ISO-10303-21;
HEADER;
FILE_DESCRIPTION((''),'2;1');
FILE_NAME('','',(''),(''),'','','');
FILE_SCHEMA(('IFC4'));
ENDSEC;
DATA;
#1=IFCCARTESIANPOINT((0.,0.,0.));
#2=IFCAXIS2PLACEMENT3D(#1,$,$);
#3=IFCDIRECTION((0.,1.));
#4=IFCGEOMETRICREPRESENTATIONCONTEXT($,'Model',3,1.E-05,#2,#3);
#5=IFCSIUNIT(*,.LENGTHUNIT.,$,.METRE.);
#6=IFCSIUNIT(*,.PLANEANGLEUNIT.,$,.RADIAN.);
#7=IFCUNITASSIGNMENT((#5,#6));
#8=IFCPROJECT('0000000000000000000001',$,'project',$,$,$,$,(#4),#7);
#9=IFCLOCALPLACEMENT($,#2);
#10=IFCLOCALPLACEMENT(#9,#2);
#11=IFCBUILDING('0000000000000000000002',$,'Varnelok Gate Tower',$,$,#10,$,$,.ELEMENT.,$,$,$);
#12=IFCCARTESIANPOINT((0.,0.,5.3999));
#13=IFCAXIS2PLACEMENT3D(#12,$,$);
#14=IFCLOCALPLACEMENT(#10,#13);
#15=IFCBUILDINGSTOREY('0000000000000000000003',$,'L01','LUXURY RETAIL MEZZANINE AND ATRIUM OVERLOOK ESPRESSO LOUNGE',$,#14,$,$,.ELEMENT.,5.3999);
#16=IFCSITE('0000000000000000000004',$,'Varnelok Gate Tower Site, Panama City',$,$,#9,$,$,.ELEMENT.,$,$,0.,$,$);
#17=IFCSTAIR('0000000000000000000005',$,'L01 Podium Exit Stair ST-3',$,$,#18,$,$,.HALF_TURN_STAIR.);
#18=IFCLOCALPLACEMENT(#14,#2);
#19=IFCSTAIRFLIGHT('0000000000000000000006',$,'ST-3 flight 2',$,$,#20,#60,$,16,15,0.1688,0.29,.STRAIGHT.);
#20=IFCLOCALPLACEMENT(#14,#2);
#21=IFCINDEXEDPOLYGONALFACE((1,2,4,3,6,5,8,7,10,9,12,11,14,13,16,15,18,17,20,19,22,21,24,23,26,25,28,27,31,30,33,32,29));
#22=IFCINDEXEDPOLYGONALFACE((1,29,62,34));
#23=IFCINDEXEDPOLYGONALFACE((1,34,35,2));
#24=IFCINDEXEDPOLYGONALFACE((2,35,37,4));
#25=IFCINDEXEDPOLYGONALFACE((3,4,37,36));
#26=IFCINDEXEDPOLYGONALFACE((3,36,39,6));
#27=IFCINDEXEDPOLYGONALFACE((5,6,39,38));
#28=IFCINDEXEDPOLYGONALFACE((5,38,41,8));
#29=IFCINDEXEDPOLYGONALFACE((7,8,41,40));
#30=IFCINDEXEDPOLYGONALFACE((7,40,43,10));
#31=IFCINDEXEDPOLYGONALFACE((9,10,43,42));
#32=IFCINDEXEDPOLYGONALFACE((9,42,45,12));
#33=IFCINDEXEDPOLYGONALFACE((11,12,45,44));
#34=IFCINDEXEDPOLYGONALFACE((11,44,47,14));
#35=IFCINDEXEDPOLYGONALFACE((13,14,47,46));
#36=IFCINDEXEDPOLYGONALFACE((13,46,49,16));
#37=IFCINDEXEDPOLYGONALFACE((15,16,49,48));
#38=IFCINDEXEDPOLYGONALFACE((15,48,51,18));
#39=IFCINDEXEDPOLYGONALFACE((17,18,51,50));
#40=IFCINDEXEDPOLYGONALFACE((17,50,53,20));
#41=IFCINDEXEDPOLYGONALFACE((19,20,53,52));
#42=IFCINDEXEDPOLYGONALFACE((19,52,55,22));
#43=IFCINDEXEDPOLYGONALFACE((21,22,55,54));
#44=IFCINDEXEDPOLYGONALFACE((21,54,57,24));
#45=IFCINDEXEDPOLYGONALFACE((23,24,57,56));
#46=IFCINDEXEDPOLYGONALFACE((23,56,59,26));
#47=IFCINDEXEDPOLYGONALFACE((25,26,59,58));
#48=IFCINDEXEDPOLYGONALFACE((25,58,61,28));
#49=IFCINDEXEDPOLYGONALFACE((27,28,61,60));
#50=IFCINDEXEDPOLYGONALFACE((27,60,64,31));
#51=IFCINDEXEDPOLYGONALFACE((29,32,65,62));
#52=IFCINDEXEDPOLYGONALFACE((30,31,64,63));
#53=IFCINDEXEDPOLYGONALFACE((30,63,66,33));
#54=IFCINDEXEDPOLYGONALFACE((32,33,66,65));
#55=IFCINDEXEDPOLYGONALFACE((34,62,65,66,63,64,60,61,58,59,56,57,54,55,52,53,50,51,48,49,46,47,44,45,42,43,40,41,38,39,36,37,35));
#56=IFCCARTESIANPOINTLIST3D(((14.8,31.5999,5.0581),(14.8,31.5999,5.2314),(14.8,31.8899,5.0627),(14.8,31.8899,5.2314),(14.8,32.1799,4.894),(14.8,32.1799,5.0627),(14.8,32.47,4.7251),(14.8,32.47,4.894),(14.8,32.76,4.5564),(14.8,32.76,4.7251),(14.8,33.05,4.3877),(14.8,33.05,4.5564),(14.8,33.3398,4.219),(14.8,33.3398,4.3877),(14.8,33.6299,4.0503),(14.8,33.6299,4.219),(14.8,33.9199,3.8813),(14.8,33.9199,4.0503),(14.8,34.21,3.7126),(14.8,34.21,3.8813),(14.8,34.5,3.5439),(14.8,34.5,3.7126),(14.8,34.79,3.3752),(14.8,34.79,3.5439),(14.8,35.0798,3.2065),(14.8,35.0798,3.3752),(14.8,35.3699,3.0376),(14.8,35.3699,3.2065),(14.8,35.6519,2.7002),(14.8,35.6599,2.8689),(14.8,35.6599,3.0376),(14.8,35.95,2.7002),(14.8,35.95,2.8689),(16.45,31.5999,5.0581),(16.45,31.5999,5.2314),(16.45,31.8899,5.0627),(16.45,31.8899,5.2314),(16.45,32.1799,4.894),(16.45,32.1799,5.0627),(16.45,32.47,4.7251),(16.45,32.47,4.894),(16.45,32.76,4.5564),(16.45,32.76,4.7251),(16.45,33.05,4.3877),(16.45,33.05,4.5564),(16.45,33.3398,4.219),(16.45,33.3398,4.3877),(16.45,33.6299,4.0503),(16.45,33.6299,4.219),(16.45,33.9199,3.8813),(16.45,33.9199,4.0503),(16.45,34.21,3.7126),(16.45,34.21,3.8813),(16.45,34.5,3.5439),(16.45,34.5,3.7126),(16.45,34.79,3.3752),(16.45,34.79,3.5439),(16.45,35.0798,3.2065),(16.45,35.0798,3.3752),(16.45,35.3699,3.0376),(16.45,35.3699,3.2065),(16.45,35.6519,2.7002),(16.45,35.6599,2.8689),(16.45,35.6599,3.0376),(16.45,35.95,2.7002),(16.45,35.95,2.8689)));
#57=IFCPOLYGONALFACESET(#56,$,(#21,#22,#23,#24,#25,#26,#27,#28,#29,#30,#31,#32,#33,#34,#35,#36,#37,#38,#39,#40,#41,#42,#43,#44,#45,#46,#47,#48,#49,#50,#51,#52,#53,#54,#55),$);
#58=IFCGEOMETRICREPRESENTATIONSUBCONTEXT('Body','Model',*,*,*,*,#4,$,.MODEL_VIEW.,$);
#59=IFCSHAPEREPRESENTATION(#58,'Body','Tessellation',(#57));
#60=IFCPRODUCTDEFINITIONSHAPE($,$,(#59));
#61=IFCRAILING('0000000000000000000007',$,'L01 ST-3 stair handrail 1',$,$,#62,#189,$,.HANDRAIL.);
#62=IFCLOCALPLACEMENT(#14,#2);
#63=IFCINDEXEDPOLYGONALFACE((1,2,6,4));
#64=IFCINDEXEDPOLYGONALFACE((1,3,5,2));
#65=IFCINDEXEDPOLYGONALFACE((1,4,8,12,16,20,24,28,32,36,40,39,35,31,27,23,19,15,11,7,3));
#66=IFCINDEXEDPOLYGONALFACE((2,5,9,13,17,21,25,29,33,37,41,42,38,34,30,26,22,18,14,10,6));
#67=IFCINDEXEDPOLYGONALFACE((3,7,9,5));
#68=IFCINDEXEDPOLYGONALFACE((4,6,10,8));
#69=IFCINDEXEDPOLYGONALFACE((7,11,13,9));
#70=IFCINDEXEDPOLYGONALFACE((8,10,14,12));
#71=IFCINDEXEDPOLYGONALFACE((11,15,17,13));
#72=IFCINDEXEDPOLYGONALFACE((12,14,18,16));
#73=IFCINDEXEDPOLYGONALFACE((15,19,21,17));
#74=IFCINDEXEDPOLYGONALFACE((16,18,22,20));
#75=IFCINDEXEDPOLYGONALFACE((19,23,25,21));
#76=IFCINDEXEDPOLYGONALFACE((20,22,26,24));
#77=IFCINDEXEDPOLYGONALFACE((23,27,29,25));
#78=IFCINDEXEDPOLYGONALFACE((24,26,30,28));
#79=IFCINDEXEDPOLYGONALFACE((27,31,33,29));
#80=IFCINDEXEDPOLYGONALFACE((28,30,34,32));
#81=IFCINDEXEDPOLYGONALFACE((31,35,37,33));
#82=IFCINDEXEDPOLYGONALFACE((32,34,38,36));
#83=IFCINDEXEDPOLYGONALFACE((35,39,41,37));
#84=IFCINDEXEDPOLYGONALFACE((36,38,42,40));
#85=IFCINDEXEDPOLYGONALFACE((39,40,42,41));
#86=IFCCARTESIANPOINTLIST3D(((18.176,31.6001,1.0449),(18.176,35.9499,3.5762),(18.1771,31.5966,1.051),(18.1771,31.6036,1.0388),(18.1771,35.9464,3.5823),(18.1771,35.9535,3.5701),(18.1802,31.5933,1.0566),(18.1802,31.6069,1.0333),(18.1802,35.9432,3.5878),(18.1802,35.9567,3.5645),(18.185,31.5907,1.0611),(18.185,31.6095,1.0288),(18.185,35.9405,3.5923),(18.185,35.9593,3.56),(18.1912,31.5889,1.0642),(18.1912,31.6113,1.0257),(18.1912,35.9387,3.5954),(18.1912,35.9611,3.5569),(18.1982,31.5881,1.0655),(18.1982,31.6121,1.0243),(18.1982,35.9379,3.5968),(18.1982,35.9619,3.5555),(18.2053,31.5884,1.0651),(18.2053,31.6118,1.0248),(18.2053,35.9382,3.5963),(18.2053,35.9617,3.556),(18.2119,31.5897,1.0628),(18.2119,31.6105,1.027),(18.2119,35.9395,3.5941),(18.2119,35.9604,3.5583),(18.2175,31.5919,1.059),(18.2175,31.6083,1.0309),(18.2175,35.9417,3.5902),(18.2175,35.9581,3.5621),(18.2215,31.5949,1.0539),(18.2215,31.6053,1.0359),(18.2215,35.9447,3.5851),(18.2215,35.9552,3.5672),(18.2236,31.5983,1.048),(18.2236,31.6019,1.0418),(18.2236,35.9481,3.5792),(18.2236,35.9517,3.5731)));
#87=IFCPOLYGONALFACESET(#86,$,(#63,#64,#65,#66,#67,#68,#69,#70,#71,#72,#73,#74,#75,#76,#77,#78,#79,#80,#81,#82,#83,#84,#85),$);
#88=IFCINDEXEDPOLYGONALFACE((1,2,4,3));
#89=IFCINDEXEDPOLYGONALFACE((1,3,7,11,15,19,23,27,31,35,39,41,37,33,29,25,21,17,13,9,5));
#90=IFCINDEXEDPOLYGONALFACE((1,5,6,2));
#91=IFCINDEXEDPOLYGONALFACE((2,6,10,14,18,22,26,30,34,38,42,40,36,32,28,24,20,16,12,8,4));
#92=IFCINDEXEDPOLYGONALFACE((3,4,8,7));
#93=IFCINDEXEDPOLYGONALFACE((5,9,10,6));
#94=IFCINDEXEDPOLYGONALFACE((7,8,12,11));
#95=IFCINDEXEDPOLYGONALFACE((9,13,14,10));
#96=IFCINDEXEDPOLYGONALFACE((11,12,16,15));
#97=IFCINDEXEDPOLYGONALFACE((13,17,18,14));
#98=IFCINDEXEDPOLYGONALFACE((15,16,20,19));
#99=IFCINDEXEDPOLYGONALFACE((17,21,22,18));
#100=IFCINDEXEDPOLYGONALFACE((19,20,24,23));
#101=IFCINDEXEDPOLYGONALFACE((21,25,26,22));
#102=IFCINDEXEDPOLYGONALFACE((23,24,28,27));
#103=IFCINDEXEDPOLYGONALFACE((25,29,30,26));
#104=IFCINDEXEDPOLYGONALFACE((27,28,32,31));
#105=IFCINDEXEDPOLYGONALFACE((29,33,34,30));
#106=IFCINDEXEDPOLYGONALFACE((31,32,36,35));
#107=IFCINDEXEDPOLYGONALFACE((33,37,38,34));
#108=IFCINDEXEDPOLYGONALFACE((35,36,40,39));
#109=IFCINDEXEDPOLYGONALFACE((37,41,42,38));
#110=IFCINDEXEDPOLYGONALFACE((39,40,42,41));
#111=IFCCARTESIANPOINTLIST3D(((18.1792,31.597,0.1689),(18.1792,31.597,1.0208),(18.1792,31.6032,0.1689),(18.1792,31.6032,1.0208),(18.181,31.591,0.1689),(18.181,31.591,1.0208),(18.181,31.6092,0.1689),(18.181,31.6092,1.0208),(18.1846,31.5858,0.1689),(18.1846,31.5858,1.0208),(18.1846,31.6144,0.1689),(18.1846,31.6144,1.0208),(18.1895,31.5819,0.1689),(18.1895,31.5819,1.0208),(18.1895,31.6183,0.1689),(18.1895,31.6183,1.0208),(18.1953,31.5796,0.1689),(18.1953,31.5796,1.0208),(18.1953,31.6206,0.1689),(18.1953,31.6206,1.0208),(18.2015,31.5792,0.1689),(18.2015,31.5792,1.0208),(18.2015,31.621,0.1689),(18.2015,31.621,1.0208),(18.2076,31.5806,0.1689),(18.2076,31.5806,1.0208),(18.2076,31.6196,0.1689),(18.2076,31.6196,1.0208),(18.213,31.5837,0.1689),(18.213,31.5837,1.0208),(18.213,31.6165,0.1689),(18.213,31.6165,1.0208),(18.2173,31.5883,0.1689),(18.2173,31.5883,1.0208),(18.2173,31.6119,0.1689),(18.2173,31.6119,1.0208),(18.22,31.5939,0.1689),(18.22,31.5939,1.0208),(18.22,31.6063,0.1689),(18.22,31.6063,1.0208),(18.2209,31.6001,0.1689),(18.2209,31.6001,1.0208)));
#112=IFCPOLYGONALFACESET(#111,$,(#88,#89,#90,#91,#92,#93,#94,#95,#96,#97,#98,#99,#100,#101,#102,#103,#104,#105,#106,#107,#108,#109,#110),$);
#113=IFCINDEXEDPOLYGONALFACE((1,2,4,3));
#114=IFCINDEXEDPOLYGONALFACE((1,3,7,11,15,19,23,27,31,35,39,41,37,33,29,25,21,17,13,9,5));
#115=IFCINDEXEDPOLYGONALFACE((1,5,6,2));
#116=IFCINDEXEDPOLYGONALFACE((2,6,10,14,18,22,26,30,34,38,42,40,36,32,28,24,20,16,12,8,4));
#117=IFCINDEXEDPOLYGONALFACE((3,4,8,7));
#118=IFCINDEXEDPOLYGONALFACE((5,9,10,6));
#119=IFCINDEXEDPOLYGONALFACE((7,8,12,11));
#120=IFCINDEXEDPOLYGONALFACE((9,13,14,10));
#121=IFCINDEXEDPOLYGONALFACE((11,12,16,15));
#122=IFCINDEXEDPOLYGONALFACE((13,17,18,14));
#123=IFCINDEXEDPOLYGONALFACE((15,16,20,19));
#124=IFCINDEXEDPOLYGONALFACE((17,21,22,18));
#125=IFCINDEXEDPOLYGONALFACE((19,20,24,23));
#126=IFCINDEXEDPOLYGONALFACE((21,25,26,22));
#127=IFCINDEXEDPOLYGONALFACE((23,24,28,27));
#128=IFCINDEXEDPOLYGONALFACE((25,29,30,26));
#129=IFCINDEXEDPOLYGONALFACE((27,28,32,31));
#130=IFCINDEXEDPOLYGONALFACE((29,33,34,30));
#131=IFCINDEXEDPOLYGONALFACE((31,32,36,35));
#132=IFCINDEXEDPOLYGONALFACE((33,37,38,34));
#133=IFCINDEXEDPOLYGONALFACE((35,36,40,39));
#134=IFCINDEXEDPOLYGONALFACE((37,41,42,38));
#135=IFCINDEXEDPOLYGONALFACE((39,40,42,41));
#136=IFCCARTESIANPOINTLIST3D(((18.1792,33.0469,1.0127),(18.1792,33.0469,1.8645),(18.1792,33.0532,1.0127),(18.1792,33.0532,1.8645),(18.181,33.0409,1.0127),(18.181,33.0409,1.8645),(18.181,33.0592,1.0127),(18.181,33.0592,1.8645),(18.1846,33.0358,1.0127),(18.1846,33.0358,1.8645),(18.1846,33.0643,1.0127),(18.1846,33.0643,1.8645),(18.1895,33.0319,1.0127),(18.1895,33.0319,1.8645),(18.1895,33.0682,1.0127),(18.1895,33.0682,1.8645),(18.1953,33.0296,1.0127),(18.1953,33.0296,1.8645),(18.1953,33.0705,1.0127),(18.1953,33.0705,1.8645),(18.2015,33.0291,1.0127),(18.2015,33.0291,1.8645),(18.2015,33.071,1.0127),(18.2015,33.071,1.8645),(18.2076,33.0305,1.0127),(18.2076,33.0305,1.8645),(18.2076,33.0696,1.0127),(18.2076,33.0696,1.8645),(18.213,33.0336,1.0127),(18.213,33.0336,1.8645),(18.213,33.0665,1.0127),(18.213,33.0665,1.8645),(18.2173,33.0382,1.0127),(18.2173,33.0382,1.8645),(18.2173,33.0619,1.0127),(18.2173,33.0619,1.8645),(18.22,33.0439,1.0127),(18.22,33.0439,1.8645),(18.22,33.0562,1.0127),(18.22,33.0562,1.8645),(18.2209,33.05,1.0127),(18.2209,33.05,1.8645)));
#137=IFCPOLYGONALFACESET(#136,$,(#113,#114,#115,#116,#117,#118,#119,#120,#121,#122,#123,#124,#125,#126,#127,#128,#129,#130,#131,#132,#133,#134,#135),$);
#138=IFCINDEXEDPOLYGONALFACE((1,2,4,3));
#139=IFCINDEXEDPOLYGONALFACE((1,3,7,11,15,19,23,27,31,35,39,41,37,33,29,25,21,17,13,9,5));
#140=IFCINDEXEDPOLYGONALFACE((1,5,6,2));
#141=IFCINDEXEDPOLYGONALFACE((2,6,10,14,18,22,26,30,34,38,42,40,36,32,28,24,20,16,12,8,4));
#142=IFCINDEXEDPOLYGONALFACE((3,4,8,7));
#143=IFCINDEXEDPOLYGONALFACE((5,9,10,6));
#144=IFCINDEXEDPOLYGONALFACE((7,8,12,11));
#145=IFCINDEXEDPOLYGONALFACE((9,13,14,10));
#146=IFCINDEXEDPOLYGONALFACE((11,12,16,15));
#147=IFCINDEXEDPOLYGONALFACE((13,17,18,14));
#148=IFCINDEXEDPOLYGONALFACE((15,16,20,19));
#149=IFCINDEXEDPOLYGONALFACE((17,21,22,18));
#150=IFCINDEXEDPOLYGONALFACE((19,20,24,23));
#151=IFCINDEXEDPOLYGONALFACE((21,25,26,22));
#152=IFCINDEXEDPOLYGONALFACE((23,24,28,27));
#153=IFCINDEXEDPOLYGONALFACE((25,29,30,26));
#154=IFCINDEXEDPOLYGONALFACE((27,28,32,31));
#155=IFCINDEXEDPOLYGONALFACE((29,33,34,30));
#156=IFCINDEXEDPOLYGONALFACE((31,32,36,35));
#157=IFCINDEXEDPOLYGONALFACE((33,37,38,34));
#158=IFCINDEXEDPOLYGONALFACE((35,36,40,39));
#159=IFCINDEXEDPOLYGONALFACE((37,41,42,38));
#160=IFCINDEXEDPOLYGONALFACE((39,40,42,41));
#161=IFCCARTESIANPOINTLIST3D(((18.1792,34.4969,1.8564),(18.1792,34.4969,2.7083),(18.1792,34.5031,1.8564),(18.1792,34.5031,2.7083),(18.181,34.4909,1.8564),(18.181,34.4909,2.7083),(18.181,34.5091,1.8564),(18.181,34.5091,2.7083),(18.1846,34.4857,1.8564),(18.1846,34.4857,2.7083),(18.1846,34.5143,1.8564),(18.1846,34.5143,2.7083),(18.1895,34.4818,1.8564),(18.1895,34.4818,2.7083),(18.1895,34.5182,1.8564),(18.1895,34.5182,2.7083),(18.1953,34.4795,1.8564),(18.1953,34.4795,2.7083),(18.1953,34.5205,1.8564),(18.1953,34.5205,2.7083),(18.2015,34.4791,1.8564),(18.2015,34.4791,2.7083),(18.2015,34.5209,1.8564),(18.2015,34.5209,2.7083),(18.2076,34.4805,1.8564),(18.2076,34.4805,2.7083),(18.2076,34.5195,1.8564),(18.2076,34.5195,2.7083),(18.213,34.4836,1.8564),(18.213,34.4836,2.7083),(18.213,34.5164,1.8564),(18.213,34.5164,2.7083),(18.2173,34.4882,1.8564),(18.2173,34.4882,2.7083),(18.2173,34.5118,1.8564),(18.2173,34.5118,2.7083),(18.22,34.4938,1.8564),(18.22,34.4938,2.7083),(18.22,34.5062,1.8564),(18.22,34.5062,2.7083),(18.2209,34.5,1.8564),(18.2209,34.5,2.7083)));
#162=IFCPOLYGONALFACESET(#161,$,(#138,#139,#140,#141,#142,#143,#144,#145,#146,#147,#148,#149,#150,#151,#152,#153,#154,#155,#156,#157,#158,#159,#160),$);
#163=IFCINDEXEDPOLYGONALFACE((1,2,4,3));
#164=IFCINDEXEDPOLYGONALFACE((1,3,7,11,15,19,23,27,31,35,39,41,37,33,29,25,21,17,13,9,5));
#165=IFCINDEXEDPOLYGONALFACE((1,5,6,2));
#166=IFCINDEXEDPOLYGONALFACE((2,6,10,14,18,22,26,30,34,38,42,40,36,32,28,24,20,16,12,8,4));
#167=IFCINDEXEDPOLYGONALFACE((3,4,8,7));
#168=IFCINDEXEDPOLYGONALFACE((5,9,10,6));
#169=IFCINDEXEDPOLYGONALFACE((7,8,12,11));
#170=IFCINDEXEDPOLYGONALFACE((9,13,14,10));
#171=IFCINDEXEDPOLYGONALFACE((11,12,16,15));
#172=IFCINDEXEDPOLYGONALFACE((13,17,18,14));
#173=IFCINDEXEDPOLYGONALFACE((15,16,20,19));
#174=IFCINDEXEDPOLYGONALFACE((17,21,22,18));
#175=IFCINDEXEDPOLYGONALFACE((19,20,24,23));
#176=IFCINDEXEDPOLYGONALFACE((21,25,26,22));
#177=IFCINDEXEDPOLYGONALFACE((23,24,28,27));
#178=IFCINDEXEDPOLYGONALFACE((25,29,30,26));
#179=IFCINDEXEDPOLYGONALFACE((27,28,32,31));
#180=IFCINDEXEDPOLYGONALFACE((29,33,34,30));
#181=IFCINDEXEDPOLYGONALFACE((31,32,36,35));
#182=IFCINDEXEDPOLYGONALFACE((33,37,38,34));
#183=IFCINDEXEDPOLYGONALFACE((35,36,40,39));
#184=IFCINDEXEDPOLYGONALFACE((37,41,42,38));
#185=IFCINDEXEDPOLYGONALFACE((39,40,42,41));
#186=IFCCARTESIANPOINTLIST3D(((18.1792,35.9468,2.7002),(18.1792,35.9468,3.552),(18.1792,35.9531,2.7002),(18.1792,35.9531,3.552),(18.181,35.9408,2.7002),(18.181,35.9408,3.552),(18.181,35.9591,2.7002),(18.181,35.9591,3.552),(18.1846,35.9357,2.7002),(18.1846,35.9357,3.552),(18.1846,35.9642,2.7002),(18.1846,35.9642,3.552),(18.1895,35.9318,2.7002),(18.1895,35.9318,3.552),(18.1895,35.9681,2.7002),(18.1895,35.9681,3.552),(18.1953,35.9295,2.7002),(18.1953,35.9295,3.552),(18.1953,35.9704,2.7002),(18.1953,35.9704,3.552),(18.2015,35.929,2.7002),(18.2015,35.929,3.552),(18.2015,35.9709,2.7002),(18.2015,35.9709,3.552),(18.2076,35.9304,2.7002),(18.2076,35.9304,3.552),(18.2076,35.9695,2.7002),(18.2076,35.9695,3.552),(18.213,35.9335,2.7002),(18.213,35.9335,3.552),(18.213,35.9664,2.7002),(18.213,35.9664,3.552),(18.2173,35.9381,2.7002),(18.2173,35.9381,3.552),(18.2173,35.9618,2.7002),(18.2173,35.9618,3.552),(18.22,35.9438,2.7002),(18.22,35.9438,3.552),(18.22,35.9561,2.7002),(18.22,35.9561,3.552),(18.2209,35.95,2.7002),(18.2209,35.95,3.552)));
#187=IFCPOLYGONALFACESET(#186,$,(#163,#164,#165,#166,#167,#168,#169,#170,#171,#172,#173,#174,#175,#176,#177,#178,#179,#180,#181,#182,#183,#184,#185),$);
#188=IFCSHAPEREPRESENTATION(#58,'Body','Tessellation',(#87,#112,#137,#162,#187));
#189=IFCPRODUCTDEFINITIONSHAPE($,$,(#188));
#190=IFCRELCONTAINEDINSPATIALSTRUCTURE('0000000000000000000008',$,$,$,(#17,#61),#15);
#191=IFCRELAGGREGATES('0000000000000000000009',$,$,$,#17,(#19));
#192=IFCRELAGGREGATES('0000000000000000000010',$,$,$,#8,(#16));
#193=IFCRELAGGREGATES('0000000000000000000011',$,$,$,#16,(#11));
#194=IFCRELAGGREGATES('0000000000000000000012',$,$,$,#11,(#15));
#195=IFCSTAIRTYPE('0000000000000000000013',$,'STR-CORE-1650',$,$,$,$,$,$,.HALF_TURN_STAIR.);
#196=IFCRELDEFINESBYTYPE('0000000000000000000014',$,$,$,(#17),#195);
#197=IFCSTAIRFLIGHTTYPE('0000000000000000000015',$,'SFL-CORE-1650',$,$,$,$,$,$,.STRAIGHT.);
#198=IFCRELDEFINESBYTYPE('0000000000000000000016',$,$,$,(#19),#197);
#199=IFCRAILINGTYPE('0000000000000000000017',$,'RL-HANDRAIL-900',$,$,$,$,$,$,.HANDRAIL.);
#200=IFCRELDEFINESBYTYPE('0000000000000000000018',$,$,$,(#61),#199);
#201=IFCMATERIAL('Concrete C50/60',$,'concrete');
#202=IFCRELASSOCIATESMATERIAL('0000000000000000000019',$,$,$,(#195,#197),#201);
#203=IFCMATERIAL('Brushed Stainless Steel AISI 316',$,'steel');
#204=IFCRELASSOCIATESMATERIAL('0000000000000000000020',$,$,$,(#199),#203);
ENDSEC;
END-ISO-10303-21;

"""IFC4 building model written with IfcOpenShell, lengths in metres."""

from ifc_helpers import new_model, si_unit, direction, frame, origin, origin_2d, place, context, subcontext, project, spatial, polyline, circle, outline, extrude, material, type_object, element, aggregate, save


model = new_model("IFC4")

# Units and contexts
model_context = context("Model", 3, precision=1e-05, world=origin(), true_north=direction((0.0, 1.0)))
body_context = subcontext(model_context, "Body", "Model", "MODEL_VIEW")
ifc_project = project(units=[si_unit("LENGTHUNIT", "METRE"), si_unit("PLANEANGLEUNIT", "RADIAN")], contexts=[model_context])

# Site, building, storey
site_placement = place(None, origin())
site = spatial("IfcSite", under=ifc_project, at=site_placement, Name="Varnelok Gate Tower Site, Panama City", CompositionType="ELEMENT", RefElevation=0.0)
building_placement = place(site_placement, origin())
building = spatial("IfcBuilding", under=site, at=building_placement, Name="Varnelok Gate Tower", CompositionType="ELEMENT")
storey_placement = place(building_placement, frame((0.0, 0.0, 5.3999)))
storey = spatial("IfcBuildingStorey", under=building, at=storey_placement, Name="L01", Description="LUXURY RETAIL MEZZANINE AND ATRIUM OVERLOOK ESPRESSO LOUNGE", CompositionType="ELEMENT", Elevation=5.3999)

# Stair, stair flight
ifc_material_1 = material(Name="Concrete C50/60", Category="concrete")
stair_type = type_object("IfcStairType", Name="STR-CORE-1650", PredefinedType="HALF_TURN_STAIR", material=ifc_material_1)
stair_placement = place(storey_placement, origin())
stair = element("IfcStair", 1, at=stair_placement, inside=storey, type_object=stair_type, Name="L01 Podium Exit Stair ST-3", PredefinedType="HALF_TURN_STAIR")
stair_flight_type = type_object("IfcStairFlightType", Name="SFL-CORE-1650", PredefinedType="STRAIGHT", material=ifc_material_1)
stair_flight_1_placement = place(storey_placement, frame((15.625, 35.95, 2.7002), z_axis=(0.0, 0.0, 1.0), x_axis=(0.0, -1.0, 0.0)))
stair_flight_1 = element("IfcStairFlight", 2, at=stair_flight_1_placement, type_object=stair_flight_type, Name="ST-3 flight 2", NumberOfRisers=16, NumberOfTreads=15, PredefinedType="STRAIGHT", RiserHeight=0.1688, TreadLength=0.29, context=body_context, shape_type="SweptSolid", body=[
    extrude(outline(polyline([(0.0, 0.0), (0.0, 0.1687), (0.29, 0.1687), (0.29, 0.3374), (0.5801, 0.3374), (0.5801, 0.5063), (0.8701, 0.5063), (0.8701, 0.675), (1.1599, 0.675), (1.1599, 0.8438), (1.45, 0.8438), (1.45, 1.0125), (1.74, 1.0125), (1.74, 1.1812), (2.03, 1.1812), (2.03, 1.3501), (2.3201, 1.3501), (2.3201, 1.5188), (2.6101, 1.5188), (2.6101, 1.6875), (2.8999, 1.6875), (2.8999, 1.8562), (3.1899, 1.8562), (3.1899, 2.0249), (3.48, 2.0249), (3.48, 2.1938), (3.77, 2.1938), (3.77, 2.3625), (4.0601, 2.3625), (4.0601, 2.5312), (4.3501, 2.5312), (4.3501, 2.7), (4.3501, 2.3579), (0.2981, 0.0), (0.0, 0.0)])), frame((0.0, 0.825, 0.0), z_axis=(0.0, -1.0, 0.0), x_axis=(1.0, 0.0, 0.0)), (0.0, 0.0, 1.0), 1.6499),
])
aggregate(stair, [stair_flight_1])

# Railing
ifc_material_2 = material(Name="Brushed Stainless Steel AISI 316", Category="steel")
railing_type_1 = type_object("IfcRailingType", Name="RL-HANDRAIL-900", PredefinedType="HANDRAIL", material=ifc_material_2)
railing_1_placement = place(storey_placement, frame((18.2, 31.6001, 0.1689)))
element("IfcRailing", 3, at=railing_1_placement, inside=storey, type_object=railing_type_1, Name="L01 ST-3 stair handrail 1", PredefinedType="HANDRAIL", context=body_context, shape_type="SweptSolid", body=[
    extrude(circle(Radius=0.0239, at=origin_2d()), frame((0.0, 0.0, 0.876), z_axis=(0.0, 0.864312, 0.502957), x_axis=(-1.0, 0.0, 0.0)), (0.0, 0.0, 1.0), 5.0327),
    extrude(circle(Radius=0.021, at=origin_2d()), origin(), (0.0, 0.0, 1.0), 0.8518),
    extrude(circle(Radius=0.021, at=origin_2d()), frame((0.0, 1.45, 0.8438)), (0.0, 0.0, 1.0), 0.8518),
    extrude(circle(Radius=0.021, at=origin_2d()), frame((0.0, 2.8999, 1.6875)), (0.0, 0.0, 1.0), 0.8518),
    extrude(circle(Radius=0.021, at=origin_2d()), frame((0.0, 4.3499, 2.5312)), (0.0, 0.0, 1.0), 0.8518),
])

save(model, "model.ifc")
